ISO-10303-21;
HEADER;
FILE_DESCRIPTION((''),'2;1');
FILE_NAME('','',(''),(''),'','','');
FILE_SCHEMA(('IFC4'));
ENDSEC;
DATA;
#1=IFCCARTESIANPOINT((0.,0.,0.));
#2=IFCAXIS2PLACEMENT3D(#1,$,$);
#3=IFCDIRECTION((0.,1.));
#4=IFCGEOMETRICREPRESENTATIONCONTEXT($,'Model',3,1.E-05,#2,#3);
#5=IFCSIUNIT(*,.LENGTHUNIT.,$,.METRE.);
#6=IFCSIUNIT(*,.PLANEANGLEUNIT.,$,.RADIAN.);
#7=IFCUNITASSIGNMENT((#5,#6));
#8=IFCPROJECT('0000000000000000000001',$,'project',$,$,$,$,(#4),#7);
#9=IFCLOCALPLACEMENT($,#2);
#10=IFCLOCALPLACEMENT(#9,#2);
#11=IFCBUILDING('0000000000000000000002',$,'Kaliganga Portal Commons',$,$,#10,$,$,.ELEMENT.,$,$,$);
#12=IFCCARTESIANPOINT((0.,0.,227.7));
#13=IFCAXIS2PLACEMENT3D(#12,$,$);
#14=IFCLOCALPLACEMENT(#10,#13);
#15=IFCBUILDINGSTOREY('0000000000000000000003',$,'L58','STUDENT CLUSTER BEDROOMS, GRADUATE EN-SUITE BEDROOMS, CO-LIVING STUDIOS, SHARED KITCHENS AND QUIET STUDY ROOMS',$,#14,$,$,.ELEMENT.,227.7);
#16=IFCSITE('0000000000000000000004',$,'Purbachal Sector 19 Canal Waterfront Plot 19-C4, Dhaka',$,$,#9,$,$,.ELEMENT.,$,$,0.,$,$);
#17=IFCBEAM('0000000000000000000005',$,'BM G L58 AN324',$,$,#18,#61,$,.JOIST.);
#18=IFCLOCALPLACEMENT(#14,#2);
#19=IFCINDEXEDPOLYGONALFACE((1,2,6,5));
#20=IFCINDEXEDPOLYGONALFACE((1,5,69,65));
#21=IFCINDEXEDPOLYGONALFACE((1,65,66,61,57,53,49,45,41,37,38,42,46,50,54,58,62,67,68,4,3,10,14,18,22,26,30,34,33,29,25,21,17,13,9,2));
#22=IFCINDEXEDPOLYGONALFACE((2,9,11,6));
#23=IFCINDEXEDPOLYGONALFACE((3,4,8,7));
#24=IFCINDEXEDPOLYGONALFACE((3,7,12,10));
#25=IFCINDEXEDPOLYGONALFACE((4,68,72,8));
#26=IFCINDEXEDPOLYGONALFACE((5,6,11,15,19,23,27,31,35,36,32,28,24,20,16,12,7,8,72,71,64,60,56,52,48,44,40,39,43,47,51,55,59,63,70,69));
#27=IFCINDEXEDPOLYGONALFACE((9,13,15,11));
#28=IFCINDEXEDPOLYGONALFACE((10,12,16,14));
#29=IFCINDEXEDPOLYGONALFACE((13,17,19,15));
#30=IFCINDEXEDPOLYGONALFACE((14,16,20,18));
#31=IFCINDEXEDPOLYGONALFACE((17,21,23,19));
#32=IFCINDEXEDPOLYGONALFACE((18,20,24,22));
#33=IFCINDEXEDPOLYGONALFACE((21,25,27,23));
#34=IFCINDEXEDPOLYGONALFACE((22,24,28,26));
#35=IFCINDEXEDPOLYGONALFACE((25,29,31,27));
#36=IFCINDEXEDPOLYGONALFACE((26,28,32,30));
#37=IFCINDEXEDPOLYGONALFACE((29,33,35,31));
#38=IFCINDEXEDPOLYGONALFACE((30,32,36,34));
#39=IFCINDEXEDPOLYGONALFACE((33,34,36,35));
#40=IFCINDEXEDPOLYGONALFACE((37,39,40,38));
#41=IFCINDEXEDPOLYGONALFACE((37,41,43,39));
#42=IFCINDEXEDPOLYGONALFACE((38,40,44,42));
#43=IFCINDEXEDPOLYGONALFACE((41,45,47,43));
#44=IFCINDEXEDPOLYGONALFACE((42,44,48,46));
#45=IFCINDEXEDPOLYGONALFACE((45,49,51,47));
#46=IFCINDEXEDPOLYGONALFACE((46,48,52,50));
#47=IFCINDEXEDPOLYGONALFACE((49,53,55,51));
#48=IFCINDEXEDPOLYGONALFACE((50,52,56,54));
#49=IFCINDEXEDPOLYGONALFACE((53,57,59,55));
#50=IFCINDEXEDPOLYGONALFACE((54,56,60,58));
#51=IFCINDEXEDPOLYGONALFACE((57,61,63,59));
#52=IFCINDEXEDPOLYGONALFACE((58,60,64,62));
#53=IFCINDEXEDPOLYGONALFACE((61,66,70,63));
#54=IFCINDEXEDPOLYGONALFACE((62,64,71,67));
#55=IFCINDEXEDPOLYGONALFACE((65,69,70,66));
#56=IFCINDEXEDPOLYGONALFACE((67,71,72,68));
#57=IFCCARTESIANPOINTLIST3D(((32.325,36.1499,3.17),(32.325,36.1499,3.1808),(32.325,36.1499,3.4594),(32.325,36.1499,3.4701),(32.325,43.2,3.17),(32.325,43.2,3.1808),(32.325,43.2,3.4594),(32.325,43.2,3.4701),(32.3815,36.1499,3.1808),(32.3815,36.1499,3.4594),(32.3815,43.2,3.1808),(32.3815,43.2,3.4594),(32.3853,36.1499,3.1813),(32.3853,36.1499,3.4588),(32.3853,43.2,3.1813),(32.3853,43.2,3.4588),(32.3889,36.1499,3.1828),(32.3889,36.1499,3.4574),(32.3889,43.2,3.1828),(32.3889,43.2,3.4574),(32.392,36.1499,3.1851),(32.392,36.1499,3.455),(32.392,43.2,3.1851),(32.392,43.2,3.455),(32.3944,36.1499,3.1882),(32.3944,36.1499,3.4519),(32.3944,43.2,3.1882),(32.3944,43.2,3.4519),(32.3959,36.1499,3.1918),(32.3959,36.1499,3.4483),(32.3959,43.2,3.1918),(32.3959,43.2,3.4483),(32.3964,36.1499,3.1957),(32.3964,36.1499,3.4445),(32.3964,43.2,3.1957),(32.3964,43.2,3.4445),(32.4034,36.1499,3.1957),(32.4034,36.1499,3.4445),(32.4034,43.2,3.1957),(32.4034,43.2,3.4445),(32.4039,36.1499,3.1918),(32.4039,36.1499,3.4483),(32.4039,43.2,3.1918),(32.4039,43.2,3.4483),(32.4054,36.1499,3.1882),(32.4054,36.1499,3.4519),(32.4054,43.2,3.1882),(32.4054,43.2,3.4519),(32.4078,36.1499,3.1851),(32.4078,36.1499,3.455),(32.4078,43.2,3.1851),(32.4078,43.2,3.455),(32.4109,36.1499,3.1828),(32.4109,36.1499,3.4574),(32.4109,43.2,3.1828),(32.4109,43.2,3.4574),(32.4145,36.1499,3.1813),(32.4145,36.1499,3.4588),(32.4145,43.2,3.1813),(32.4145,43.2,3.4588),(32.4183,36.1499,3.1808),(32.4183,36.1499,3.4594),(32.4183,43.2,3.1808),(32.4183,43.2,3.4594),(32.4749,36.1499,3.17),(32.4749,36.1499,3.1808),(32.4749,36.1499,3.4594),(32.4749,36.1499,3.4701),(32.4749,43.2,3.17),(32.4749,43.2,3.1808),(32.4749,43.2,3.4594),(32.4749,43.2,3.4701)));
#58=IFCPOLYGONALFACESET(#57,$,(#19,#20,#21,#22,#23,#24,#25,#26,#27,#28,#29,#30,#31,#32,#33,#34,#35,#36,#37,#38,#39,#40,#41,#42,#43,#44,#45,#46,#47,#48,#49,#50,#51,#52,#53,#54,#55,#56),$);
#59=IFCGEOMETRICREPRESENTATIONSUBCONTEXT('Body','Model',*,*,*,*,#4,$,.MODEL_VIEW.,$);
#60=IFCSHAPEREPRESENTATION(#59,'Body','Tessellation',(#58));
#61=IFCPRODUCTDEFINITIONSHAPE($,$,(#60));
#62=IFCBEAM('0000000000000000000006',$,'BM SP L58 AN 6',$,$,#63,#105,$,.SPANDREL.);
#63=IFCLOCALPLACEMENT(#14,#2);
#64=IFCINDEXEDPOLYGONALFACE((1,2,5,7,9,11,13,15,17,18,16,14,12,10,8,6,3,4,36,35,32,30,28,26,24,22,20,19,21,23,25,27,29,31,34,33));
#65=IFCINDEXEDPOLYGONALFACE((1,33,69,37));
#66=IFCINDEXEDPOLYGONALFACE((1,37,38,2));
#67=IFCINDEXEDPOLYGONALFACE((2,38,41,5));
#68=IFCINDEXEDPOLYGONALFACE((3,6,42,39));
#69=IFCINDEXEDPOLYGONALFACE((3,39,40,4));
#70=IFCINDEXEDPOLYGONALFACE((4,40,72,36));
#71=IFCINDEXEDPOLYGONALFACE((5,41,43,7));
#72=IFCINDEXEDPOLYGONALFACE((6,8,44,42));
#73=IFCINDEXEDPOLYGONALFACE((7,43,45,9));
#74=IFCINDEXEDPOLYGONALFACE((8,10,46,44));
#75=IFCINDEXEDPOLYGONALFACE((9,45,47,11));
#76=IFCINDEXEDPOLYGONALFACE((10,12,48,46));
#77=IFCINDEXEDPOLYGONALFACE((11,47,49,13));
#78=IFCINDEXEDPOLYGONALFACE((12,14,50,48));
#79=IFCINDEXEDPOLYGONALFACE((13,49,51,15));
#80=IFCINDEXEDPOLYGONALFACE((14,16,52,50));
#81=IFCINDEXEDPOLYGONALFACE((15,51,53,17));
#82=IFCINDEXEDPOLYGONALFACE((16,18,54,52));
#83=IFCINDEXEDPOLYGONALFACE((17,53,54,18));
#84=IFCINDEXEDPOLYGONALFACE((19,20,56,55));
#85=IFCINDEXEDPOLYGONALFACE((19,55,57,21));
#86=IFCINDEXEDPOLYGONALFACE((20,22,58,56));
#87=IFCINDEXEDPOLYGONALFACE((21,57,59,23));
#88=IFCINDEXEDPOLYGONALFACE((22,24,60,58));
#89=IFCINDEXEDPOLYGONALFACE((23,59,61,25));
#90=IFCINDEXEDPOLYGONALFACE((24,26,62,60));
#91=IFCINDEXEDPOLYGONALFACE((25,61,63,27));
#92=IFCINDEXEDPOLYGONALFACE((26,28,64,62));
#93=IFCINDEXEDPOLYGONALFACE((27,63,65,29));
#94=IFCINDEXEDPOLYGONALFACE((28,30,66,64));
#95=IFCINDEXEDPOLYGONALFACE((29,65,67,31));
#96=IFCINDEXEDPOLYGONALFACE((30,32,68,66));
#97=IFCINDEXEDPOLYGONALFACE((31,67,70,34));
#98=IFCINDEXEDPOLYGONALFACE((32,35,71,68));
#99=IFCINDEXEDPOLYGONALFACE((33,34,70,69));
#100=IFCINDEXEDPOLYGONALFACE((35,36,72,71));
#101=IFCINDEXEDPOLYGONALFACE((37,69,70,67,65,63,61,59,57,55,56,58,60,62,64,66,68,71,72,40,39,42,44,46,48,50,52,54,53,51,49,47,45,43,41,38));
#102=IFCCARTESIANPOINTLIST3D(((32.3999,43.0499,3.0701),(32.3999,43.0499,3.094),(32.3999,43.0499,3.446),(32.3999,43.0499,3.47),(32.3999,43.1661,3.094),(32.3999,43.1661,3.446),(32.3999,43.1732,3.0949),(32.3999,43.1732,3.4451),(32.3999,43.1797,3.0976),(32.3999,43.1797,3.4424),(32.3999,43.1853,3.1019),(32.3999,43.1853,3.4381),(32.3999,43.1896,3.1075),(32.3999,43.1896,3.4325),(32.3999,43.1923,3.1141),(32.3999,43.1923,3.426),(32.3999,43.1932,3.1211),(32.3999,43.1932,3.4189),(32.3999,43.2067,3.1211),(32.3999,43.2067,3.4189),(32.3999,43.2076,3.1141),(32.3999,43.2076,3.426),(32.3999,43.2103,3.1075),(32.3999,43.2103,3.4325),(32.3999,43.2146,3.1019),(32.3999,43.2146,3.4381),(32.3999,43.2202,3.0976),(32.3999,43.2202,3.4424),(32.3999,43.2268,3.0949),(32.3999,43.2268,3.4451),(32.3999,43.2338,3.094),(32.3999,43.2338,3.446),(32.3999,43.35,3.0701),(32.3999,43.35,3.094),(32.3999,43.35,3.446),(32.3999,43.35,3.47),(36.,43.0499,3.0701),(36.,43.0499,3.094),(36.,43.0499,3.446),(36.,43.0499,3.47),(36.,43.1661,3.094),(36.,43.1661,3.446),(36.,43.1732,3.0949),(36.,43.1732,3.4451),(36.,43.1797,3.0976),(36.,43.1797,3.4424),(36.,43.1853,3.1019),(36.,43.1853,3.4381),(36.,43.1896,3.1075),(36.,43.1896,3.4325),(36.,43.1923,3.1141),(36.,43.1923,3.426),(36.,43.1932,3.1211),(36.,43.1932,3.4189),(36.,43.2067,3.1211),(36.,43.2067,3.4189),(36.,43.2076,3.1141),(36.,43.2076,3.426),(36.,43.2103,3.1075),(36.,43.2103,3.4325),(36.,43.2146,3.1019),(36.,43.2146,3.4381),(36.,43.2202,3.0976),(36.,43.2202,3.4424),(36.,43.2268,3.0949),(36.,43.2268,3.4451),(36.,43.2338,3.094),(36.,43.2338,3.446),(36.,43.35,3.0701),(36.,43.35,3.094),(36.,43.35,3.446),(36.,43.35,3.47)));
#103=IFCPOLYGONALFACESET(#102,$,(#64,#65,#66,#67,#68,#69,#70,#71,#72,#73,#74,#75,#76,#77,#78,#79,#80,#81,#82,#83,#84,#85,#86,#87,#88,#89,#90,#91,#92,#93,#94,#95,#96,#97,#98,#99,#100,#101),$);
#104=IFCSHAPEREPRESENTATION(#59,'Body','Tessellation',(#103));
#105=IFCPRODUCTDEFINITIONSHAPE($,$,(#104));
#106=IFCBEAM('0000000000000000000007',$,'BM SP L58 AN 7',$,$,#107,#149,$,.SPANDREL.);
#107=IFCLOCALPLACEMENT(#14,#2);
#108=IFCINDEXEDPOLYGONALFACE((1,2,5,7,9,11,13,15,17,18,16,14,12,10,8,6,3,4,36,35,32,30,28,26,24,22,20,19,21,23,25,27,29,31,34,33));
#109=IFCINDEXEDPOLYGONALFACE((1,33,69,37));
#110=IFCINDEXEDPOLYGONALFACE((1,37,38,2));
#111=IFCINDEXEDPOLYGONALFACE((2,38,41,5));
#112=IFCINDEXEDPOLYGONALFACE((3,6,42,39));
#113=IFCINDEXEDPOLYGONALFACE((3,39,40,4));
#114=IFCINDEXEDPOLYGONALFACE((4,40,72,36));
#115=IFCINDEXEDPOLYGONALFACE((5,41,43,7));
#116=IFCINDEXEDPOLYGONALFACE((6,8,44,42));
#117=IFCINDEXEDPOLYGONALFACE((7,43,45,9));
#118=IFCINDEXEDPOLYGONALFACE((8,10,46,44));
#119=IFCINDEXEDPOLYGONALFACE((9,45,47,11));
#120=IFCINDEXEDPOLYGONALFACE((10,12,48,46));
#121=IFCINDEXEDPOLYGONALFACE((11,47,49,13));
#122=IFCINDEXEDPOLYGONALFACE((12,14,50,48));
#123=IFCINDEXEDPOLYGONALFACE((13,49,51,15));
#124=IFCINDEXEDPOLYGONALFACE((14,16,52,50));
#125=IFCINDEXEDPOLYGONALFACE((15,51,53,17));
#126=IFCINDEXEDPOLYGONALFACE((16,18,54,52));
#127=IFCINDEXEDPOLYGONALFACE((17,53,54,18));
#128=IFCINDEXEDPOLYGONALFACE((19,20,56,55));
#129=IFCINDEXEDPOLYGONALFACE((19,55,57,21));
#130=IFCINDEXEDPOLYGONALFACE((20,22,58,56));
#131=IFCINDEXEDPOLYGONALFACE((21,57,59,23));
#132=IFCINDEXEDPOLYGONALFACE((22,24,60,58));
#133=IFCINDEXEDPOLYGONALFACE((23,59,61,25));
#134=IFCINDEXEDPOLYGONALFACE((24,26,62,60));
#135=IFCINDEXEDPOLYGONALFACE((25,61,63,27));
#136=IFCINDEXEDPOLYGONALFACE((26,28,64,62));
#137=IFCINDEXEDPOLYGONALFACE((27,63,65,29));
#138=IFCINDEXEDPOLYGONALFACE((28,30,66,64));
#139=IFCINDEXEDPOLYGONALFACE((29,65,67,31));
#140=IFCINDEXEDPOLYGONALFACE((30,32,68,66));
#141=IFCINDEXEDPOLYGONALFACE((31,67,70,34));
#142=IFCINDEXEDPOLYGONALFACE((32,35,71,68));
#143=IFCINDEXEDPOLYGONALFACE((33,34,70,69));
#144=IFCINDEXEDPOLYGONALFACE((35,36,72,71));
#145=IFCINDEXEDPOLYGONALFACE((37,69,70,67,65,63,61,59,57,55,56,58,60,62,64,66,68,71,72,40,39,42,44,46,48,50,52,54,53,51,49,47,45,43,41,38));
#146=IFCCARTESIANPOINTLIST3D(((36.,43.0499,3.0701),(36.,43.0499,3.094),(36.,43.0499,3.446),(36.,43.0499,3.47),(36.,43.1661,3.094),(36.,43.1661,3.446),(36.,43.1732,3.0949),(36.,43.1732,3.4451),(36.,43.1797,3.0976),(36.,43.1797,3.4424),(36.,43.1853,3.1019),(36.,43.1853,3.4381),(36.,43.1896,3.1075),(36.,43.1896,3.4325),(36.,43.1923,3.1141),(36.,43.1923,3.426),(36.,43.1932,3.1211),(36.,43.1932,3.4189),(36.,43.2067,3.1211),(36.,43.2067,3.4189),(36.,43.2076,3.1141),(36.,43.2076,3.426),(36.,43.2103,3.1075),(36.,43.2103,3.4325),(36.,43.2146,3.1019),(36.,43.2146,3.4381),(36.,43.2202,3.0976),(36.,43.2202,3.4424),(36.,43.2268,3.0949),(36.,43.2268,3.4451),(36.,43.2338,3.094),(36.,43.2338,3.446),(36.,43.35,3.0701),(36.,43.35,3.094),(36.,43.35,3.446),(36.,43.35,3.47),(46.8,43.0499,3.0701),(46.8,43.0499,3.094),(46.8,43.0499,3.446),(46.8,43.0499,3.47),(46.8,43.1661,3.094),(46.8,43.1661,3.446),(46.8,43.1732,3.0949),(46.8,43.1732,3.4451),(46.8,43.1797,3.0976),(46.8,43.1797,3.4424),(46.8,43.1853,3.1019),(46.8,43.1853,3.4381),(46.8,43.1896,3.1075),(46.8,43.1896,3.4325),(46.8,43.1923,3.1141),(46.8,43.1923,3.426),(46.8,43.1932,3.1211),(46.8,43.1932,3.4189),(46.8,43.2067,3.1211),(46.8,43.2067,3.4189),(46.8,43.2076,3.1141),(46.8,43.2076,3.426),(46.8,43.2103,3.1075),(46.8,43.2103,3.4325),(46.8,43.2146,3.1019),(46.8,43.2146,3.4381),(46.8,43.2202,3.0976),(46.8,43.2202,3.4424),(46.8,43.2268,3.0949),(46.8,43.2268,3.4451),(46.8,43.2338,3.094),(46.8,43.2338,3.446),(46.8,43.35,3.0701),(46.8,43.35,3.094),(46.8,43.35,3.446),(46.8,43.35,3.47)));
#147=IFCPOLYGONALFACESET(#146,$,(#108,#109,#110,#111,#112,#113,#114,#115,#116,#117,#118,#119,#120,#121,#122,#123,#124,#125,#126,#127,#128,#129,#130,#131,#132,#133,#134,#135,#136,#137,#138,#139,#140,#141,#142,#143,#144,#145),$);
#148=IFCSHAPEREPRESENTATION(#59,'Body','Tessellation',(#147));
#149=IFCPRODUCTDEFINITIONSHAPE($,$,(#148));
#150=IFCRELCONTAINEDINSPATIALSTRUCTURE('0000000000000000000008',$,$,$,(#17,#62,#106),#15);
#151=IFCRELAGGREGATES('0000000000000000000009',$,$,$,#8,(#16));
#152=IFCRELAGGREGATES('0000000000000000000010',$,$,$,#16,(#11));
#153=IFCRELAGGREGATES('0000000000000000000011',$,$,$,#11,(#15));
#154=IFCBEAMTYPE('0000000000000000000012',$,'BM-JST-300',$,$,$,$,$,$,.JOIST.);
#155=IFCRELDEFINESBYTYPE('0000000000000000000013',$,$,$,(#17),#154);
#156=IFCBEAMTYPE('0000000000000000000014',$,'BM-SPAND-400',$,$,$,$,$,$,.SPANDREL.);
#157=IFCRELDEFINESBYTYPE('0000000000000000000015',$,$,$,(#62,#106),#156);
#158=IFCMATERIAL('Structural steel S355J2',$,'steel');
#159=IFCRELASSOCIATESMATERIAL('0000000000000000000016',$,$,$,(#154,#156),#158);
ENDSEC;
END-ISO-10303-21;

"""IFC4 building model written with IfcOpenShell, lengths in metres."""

from ifc_helpers import new_model, si_unit, direction, frame, origin, origin_2d, place, context, subcontext, project, spatial, i_section, extrude, source, transform, mapped, material, material_profile, profile_set, type_object, element, save


model = new_model("IFC4")

# Units and contexts
model_context = context("Model", 3, precision=1e-05, world=origin(), true_north=direction((0.0, 1.0)))
body_context = subcontext(model_context, "Body", "Model", "MODEL_VIEW")
ifc_project = project(units=[si_unit("LENGTHUNIT", "METRE"), si_unit("PLANEANGLEUNIT", "RADIAN")], contexts=[model_context])

# Site, building, storey
site_placement = place(None, origin())
site = spatial("IfcSite", under=ifc_project, at=site_placement, Name="Purbachal Sector 19 Canal Waterfront Plot 19-C4, Dhaka", CompositionType="ELEMENT", RefElevation=0.0)
building_placement = place(site_placement, origin())
building = spatial("IfcBuilding", under=site, at=building_placement, Name="Kaliganga Portal Commons", CompositionType="ELEMENT")
storey_placement = place(building_placement, frame((0.0, 0.0, 227.7)))
storey = spatial("IfcBuildingStorey", under=building, at=storey_placement, Name="L58", Description="STUDENT CLUSTER BEDROOMS, GRADUATE EN-SUITE BEDROOMS, CO-LIVING STUDIOS, SHARED KITCHENS AND QUIET STUDY ROOMS", CompositionType="ELEMENT", Elevation=227.7)

# Beams
ifc_material_1 = material(Name="Structural steel S355J2", Category="steel")
ifc_material_profile_1 = material_profile(ifc_material_1, i_section(OverallWidth=0.1499, OverallDepth=0.3, WebThickness=0.0071, FlangeThickness=0.0107, FilletRadius=0.0149, at=origin_2d()), Name="IPE 300")
ifc_profile_set_1 = profile_set([ifc_material_profile_1], Name="Structural steel S355J2 wide-flange")
beam_type_1 = type_object("IfcBeamType", Name="BM-JST-300", PredefinedType="JOIST", material=ifc_profile_set_1)
shared_shape_1 = source(origin(), body_context, "Body", "SweptSolid", [
    extrude(i_section(OverallWidth=0.1499, OverallDepth=0.3, WebThickness=0.0071, FlangeThickness=0.0107, FilletRadius=0.0149, at=origin_2d()), origin(), (0.0, 0.0, 1.0), 7.05),
])
beam_1_placement = place(storey_placement, frame((32.3999, 36.1499, 3.3201), z_axis=(0.0, 1.0, 0.0), x_axis=(-1.0, 0.0, 0.0)))
element("IfcBeam", 1, at=beam_1_placement, inside=storey, type_object=beam_type_1, Name="BM G L58 AN324", PredefinedType="JOIST", context=body_context, shape_type="MappedRepresentation", body=[
    mapped(shared_shape_1, transform((0.0, 0.0, 0.0), x_axis=(1.0, 0.0, 0.0), y_axis=(0.0, 1.0, 0.0), z_axis=(0.0, 0.0, 1.0), scale=1.0)),
])
ifc_material_profile_2 = material_profile(ifc_material_1, i_section(OverallWidth=0.3, OverallDepth=0.3999, WebThickness=0.0134, FlangeThickness=0.0239, FilletRadius=0.0271, at=origin_2d()), Name="HE 400 B")
ifc_profile_set_2 = profile_set([ifc_material_profile_2], Name="Structural steel S355J2 wide-flange")
beam_type_2 = type_object("IfcBeamType", Name="BM-SPAND-400", PredefinedType="SPANDREL", material=ifc_profile_set_2)
shared_shape_2 = source(origin(), body_context, "Body", "SweptSolid", [
    extrude(i_section(OverallWidth=0.3, OverallDepth=0.3999, WebThickness=0.0134, FlangeThickness=0.0239, FilletRadius=0.0271, at=origin_2d()), origin(), (0.0, 0.0, 1.0), 3.6001),
])
beam_2_placement = place(storey_placement, frame((32.3999, 43.2, 3.27), z_axis=(1.0, 0.0, 0.0), x_axis=(0.0, 1.0, 0.0)))
element("IfcBeam", 2, at=beam_2_placement, inside=storey, type_object=beam_type_2, Name="BM SP L58 AN 6", PredefinedType="SPANDREL", context=body_context, shape_type="MappedRepresentation", body=[
    mapped(shared_shape_2, transform((0.0, 0.0, 0.0), x_axis=(1.0, 0.0, 0.0), y_axis=(0.0, 1.0, 0.0), z_axis=(0.0, 0.0, 1.0), scale=1.0)),
])
shared_shape_3 = source(origin(), body_context, "Body", "SweptSolid", [
    extrude(i_section(OverallWidth=0.3, OverallDepth=0.3999, WebThickness=0.0134, FlangeThickness=0.0239, FilletRadius=0.0271, at=origin_2d()), origin(), (0.0, 0.0, 1.0), 10.8),
])
beam_3_placement = place(storey_placement, frame((36.0, 43.2, 3.27), z_axis=(1.0, 0.0, 0.0), x_axis=(0.0, 1.0, 0.0)))
element("IfcBeam", 3, at=beam_3_placement, inside=storey, type_object=beam_type_2, Name="BM SP L58 AN 7", PredefinedType="SPANDREL", context=body_context, shape_type="MappedRepresentation", body=[
    mapped(shared_shape_3, transform((0.0, 0.0, 0.0), x_axis=(1.0, 0.0, 0.0), y_axis=(0.0, 1.0, 0.0), z_axis=(0.0, 0.0, 1.0), scale=1.0)),
])

save(model, "model.ifc")
